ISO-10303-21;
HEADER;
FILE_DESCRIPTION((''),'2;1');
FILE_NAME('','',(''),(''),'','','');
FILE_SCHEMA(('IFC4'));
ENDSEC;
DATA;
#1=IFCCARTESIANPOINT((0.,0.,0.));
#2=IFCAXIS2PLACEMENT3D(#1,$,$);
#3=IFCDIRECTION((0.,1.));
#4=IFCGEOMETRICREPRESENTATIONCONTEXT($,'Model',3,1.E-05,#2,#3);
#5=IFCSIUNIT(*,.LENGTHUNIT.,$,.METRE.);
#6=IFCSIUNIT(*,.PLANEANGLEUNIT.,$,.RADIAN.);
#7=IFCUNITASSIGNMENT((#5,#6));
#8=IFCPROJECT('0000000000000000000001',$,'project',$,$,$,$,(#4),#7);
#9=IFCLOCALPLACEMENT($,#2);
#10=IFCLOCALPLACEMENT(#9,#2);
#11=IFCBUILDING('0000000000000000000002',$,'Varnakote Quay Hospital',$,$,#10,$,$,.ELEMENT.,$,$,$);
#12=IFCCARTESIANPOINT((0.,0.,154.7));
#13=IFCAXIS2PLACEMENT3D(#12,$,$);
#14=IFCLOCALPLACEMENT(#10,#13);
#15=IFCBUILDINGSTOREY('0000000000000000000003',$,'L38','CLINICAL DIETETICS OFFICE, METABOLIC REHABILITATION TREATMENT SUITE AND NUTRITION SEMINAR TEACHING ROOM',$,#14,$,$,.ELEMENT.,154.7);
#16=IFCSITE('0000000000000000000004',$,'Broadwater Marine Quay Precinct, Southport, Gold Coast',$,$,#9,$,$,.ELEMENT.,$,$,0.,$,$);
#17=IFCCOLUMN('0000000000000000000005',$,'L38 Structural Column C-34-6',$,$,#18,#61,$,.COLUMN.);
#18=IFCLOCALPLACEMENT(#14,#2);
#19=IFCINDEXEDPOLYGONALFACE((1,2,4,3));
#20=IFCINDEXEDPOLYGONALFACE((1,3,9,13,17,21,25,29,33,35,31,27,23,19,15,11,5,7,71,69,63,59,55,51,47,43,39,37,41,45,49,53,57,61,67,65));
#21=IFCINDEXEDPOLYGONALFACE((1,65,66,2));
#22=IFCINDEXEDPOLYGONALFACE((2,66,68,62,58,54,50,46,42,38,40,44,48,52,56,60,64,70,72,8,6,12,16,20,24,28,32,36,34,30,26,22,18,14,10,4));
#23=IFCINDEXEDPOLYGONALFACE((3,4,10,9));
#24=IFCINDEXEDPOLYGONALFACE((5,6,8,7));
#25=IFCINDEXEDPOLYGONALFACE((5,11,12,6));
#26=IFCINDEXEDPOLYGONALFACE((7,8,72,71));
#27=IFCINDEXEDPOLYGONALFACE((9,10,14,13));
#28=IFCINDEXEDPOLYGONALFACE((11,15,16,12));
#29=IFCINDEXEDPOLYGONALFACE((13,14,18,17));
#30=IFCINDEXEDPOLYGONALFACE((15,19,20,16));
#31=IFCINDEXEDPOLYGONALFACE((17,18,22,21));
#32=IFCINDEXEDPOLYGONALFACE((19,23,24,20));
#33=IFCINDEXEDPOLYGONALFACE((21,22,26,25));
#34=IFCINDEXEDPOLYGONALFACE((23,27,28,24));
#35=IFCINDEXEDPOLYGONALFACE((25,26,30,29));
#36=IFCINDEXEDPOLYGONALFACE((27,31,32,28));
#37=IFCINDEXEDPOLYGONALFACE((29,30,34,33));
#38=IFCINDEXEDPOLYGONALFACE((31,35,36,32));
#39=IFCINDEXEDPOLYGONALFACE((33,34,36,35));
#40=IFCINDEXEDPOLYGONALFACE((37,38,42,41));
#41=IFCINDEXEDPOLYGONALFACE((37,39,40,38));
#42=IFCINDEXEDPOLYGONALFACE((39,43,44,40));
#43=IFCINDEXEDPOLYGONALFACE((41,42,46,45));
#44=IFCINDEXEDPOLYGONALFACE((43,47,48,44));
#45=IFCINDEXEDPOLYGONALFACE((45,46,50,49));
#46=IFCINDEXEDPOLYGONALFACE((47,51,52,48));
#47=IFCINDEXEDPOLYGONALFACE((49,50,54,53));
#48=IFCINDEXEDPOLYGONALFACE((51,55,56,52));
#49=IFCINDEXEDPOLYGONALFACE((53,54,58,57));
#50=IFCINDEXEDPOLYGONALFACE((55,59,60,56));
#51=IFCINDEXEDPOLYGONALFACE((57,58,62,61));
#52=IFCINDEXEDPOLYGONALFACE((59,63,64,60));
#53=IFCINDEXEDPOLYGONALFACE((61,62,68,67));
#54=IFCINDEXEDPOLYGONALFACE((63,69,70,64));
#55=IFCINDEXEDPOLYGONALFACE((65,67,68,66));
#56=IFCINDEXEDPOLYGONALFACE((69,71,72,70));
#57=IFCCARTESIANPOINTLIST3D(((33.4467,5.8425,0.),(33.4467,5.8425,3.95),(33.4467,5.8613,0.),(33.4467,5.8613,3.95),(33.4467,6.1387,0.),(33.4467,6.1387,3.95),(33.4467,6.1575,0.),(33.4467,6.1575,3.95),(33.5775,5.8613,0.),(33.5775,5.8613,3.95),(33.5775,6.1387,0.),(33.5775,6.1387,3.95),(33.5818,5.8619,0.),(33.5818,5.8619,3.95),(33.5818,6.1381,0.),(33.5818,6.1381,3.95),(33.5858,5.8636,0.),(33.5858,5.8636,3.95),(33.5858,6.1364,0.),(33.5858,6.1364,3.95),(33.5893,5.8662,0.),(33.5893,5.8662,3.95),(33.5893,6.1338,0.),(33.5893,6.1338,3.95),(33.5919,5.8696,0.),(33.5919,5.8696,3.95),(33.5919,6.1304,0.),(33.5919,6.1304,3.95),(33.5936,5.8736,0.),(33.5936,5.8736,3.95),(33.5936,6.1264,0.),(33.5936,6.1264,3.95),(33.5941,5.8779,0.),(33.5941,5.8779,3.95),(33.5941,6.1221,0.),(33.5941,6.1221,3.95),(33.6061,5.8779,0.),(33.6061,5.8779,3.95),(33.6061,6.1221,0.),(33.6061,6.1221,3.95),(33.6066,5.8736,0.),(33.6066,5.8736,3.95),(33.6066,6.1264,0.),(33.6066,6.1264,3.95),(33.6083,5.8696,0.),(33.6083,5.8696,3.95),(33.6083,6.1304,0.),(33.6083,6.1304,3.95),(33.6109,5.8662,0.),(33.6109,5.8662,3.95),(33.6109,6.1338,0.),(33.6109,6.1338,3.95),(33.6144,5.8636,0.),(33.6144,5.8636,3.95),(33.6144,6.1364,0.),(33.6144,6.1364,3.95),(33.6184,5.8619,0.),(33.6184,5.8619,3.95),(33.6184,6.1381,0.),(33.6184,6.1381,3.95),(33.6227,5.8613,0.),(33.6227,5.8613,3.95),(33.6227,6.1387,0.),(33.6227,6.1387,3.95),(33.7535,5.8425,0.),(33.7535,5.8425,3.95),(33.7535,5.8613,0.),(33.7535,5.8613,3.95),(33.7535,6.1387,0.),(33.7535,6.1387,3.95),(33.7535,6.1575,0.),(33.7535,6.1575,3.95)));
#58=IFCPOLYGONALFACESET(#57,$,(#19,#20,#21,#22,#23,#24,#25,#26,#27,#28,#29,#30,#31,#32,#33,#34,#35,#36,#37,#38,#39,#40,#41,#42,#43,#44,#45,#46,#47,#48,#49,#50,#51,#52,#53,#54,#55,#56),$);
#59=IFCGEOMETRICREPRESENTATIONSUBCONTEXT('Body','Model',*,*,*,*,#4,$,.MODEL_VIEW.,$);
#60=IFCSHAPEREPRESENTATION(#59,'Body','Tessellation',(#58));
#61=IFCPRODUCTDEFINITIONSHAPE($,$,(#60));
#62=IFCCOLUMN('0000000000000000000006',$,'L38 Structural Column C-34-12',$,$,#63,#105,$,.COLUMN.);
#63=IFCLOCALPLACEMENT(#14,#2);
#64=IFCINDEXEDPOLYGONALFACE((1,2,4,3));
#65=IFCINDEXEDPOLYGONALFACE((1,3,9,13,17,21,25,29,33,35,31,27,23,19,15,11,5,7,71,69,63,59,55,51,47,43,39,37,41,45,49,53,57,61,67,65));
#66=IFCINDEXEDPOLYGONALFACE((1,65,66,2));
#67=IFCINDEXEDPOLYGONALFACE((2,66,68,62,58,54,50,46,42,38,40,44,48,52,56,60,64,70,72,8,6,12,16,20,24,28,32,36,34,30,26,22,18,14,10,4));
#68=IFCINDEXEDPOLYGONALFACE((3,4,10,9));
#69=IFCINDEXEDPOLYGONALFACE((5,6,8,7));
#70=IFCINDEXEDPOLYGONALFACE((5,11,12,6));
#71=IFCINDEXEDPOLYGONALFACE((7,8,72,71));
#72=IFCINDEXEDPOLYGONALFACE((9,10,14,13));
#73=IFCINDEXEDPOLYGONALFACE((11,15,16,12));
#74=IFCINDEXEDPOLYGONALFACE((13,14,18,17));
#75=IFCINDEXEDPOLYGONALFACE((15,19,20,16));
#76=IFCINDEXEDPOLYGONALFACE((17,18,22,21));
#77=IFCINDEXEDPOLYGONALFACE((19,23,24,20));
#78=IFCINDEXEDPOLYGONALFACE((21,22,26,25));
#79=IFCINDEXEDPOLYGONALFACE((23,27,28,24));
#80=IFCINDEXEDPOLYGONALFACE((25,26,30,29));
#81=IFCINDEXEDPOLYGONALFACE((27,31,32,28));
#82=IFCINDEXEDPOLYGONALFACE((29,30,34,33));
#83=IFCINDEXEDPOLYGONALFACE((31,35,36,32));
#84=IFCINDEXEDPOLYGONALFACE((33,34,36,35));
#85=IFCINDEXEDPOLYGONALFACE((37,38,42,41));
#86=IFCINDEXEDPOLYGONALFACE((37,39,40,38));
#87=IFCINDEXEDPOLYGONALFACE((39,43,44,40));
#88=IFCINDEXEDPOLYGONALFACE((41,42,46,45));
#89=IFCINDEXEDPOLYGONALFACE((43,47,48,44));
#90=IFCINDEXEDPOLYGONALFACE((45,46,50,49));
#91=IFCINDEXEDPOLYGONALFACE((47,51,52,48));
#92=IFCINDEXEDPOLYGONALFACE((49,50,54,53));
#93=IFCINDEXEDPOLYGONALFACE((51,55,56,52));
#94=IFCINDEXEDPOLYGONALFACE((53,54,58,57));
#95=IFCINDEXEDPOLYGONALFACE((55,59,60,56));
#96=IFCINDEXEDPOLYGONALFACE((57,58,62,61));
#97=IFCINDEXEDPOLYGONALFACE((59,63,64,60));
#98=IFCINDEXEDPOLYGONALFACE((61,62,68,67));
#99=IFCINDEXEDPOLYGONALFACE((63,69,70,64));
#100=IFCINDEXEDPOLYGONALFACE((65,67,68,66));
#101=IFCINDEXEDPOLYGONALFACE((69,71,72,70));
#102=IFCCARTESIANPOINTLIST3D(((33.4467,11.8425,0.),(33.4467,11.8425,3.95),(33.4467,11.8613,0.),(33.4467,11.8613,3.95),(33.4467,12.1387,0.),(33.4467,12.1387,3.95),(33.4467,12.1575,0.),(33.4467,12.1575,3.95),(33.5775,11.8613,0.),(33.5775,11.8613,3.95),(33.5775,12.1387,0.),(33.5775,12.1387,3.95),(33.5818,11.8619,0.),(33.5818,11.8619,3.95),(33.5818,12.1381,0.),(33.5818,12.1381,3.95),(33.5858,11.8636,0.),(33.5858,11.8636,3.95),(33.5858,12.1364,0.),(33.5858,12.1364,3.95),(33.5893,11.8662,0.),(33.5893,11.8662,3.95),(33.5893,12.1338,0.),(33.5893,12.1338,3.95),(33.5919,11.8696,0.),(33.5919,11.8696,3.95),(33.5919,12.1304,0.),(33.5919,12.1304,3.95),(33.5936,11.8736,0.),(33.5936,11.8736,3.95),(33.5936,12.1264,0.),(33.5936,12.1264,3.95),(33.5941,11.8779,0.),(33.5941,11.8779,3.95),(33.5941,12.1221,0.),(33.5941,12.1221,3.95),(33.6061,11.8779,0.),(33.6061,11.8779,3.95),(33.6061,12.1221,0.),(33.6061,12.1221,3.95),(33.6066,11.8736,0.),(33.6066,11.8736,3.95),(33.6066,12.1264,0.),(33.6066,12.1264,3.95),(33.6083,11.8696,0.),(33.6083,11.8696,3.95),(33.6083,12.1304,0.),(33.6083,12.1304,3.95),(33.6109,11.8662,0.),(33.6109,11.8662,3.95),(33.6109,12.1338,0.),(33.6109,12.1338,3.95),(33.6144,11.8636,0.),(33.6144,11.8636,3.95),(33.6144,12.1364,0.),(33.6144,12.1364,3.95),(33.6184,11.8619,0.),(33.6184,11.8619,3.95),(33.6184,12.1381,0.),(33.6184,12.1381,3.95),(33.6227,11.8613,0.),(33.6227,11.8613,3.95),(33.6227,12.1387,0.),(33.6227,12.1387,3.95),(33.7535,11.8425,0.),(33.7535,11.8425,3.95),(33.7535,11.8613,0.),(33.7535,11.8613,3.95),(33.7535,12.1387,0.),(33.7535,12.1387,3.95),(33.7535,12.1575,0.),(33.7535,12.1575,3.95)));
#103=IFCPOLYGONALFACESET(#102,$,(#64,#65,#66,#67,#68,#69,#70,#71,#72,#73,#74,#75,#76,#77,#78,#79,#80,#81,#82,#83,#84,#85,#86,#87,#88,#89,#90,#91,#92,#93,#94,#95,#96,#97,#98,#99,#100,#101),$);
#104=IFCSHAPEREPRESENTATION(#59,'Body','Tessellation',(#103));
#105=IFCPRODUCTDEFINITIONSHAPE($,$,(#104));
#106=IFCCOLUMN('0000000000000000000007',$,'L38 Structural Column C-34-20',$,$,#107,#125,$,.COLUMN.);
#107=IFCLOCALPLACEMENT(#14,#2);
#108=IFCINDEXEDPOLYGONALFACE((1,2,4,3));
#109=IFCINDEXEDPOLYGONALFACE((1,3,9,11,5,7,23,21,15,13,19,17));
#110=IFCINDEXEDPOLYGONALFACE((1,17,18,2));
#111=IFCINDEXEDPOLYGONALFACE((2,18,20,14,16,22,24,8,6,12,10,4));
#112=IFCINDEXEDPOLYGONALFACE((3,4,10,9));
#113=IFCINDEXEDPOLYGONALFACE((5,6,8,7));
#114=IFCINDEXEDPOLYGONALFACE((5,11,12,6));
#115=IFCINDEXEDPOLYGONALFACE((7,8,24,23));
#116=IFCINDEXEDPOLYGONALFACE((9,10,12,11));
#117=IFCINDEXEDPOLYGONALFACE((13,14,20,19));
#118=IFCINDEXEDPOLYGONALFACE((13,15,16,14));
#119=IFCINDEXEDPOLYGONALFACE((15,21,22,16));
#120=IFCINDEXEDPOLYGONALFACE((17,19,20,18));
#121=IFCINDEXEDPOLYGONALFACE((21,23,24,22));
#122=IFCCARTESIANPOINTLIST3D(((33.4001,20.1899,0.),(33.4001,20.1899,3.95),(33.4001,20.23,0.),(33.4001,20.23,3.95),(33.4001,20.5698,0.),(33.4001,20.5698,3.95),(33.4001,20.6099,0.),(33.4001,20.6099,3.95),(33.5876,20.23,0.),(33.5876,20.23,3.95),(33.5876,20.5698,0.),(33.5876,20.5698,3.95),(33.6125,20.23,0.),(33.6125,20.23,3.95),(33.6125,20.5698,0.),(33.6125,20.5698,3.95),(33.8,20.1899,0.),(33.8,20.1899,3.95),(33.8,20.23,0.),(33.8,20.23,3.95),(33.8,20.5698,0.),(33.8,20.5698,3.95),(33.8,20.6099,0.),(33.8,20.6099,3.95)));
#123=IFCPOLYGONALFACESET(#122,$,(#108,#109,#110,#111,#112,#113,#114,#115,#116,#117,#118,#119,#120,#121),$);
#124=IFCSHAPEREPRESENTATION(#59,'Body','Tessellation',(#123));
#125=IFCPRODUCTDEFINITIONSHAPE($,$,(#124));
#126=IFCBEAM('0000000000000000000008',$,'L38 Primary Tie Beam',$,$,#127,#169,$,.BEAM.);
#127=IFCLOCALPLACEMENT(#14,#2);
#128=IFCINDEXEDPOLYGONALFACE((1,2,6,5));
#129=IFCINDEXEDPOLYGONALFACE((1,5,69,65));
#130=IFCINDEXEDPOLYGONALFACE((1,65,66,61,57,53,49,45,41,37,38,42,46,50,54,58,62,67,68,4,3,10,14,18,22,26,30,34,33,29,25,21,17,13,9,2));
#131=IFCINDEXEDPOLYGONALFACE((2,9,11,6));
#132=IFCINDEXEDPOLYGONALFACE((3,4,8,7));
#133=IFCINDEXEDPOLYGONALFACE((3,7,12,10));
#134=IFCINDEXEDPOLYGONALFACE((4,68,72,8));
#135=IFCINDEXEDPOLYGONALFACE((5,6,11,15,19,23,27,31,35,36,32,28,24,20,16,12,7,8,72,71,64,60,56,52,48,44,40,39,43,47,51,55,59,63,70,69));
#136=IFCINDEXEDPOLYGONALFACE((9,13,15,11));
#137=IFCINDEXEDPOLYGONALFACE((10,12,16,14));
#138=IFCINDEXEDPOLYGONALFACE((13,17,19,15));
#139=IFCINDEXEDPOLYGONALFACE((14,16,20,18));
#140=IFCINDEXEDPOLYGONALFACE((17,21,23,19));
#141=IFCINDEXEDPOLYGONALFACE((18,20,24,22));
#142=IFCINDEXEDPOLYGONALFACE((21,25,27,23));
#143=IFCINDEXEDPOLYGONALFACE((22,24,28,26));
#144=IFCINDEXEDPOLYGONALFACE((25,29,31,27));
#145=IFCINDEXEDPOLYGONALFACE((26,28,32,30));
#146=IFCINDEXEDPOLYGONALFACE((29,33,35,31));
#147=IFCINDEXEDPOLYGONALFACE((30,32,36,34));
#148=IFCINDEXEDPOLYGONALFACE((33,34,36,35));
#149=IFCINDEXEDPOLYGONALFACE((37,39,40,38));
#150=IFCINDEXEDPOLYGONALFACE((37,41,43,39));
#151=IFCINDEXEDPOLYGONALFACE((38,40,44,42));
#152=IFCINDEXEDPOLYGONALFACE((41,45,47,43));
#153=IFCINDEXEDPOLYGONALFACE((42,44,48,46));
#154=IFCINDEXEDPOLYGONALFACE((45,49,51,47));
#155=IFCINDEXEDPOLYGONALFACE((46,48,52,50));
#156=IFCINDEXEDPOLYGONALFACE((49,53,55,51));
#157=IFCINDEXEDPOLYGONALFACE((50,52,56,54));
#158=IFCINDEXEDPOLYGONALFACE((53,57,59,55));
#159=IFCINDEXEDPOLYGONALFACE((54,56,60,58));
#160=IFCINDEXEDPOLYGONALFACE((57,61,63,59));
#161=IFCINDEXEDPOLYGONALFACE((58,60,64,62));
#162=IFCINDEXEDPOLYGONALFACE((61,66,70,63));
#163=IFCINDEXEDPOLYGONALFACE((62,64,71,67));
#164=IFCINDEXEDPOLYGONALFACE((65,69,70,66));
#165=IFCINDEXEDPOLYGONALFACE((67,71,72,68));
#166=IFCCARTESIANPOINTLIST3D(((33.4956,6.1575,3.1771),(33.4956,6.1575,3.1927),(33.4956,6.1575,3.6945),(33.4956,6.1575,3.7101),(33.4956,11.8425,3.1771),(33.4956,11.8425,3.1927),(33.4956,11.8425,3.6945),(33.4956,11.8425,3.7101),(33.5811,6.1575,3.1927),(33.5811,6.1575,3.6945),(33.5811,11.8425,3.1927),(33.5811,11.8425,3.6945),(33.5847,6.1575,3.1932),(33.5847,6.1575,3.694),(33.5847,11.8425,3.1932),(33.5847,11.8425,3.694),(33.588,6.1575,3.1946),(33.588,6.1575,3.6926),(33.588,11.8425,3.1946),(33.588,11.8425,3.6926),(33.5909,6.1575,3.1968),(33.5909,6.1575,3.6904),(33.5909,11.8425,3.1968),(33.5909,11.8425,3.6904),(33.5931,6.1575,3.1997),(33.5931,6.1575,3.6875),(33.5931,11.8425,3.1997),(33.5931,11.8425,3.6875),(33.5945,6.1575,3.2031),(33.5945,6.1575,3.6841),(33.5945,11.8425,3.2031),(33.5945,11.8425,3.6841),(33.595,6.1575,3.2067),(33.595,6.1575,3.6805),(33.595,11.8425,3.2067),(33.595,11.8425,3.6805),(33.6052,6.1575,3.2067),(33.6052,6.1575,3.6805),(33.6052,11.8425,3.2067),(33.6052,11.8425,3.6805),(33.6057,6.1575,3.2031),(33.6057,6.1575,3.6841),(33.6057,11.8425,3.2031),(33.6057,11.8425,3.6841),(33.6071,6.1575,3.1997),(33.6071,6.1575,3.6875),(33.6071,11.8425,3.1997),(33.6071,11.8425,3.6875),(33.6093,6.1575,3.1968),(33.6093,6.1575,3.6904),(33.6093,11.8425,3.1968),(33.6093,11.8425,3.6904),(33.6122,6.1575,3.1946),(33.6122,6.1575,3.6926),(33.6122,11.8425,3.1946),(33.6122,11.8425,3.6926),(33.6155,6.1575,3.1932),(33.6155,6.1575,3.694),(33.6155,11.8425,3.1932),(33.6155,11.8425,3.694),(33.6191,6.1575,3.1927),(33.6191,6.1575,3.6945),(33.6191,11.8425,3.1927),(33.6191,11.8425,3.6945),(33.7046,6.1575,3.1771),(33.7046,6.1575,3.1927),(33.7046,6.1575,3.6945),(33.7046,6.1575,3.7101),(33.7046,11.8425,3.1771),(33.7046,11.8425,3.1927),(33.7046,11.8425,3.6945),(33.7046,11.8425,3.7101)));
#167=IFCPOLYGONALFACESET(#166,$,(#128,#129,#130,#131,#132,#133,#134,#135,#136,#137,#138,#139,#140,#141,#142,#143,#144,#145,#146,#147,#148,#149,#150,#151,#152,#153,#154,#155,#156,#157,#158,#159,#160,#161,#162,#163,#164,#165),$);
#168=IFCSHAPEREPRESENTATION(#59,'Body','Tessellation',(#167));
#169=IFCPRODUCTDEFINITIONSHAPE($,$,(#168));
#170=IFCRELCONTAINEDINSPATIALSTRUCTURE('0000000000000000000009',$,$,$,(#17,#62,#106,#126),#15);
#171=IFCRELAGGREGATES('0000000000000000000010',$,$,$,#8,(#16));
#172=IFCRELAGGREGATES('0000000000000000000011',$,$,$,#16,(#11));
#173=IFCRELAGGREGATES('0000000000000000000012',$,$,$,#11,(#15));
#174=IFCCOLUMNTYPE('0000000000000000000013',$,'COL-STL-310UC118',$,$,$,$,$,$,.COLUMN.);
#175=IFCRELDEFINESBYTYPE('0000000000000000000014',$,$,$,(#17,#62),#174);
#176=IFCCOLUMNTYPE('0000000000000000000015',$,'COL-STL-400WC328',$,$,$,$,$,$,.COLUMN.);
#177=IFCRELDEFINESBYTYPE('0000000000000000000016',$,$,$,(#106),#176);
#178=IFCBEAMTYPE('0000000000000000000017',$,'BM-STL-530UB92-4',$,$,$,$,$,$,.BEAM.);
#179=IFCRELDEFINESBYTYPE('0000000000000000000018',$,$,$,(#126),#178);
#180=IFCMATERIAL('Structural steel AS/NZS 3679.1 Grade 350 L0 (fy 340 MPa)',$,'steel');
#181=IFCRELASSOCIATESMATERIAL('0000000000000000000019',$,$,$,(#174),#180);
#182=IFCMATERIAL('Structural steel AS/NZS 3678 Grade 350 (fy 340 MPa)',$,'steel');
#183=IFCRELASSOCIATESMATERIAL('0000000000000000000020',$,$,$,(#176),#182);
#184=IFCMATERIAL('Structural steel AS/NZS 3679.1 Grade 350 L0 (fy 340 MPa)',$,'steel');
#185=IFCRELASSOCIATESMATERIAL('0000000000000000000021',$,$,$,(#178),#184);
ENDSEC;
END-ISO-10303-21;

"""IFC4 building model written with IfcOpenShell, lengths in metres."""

from ifc_helpers import new_model, si_unit, direction, frame, origin, origin_2d, place, context, subcontext, project, spatial, i_section, extrude, material, material_profile, profile_set, type_object, element, save


model = new_model("IFC4")

# Units and contexts
model_context = context("Model", 3, precision=1e-05, world=origin(), true_north=direction((0.0, 1.0)))
body_context = subcontext(model_context, "Body", "Model", "MODEL_VIEW")
ifc_project = project(units=[si_unit("LENGTHUNIT", "METRE"), si_unit("PLANEANGLEUNIT", "RADIAN")], contexts=[model_context])

# Site, building, storey
site_placement = place(None, origin())
site = spatial("IfcSite", under=ifc_project, at=site_placement, Name="Broadwater Marine Quay Precinct, Southport, Gold Coast", CompositionType="ELEMENT", RefElevation=0.0)
building_placement = place(site_placement, origin())
building = spatial("IfcBuilding", under=site, at=building_placement, Name="Varnakote Quay Hospital", CompositionType="ELEMENT")
storey_placement = place(building_placement, frame((0.0, 0.0, 154.7)))
storey = spatial("IfcBuildingStorey", under=building, at=storey_placement, Name="L38", Description="CLINICAL DIETETICS OFFICE, METABOLIC REHABILITATION TREATMENT SUITE AND NUTRITION SEMINAR TEACHING ROOM", CompositionType="ELEMENT", Elevation=154.7)

# Columns
ifc_material_1 = material(Name="Structural steel AS/NZS 3679.1 Grade 350 L0 (fy 340 MPa)", Category="steel")
ifc_material_profile_1 = material_profile(ifc_material_1, i_section(OverallWidth=0.3069, OverallDepth=0.3149, WebThickness=0.012, FlangeThickness=0.0188, FilletRadius=0.0166, at=origin_2d()), Name="310UC118")
ifc_profile_set_1 = profile_set([ifc_material_profile_1], Name="Structural steel AS/NZS 3679.1 Grade 350 L0 (fy 340 MPa)")
column_type_1 = type_object("IfcColumnType", Name="COL-STL-310UC118", PredefinedType="COLUMN", material=ifc_profile_set_1)
for number, where, z_axis, x_axis, name in (
    (1, (33.6001, 6.0, 0.0), (0.0, 0.0, 1.0), (1.0, 0.0, 0.0), "L38 Structural Column C-34-6"),
    (2, (33.6001, 12.0, 0.0), (0.0, 0.0, 1.0), (1.0, 0.0, 0.0), "L38 Structural Column C-34-12"),
):
    element("IfcColumn", number, at=place(storey_placement, frame(where, z_axis=z_axis, x_axis=x_axis)), inside=storey, type_object=column_type_1, Name=name, PredefinedType="COLUMN", context=body_context, shape_type="SweptSolid", body=[
        extrude(i_section(OverallWidth=0.3069, OverallDepth=0.3149, WebThickness=0.012, FlangeThickness=0.0188, FilletRadius=0.0166, at=origin_2d()), origin(), (0.0, 0.0, 1.0), 3.95),
    ])
ifc_material_2 = material(Name="Structural steel AS/NZS 3678 Grade 350 (fy 340 MPa)", Category="steel")
ifc_material_profile_2 = material_profile(ifc_material_2, i_section(OverallWidth=0.3999, OverallDepth=0.4199, WebThickness=0.0249, FlangeThickness=0.04, at=origin_2d()), Name="400WC328")
ifc_profile_set_2 = profile_set([ifc_material_profile_2], Name="Structural steel AS/NZS 3678 Grade 350 (fy 340 MPa)")
column_type_2 = type_object("IfcColumnType", Name="COL-STL-400WC328", PredefinedType="COLUMN", material=ifc_profile_set_2)
column_placement = place(storey_placement, frame((33.6001, 20.3999, 0.0), z_axis=(0.0, 0.0, 1.0), x_axis=(1.0, 0.0, 0.0)))
element("IfcColumn", 3, at=column_placement, inside=storey, type_object=column_type_2, Name="L38 Structural Column C-34-20", PredefinedType="COLUMN", context=body_context, shape_type="SweptSolid", body=[
    extrude(i_section(OverallWidth=0.3999, OverallDepth=0.4199, WebThickness=0.0249, FlangeThickness=0.04, at=origin_2d()), origin(), (0.0, 0.0, 1.0), 3.95),
])

# Beam
ifc_material_3 = material(Name="Structural steel AS/NZS 3679.1 Grade 350 L0 (fy 340 MPa)", Category="steel")
ifc_material_profile_3 = material_profile(ifc_material_3, i_section(OverallWidth=0.209, OverallDepth=0.533, WebThickness=0.0103, FlangeThickness=0.0156, FilletRadius=0.0139, at=origin_2d()), Name="530UB92.4")
ifc_profile_set_3 = profile_set([ifc_material_profile_3], Name="Structural steel AS/NZS 3679.1 Grade 350 L0 (fy 340 MPa)")
beam_type_1 = type_object("IfcBeamType", Name="BM-STL-530UB92-4", PredefinedType="BEAM", material=ifc_profile_set_3)
beam_1_placement = place(storey_placement, frame((33.6001, 6.1575, 3.4436), z_axis=(0.0, 1.0, 0.0), x_axis=(-1.0, 0.0, 0.0)))
element("IfcBeam", 4, at=beam_1_placement, inside=storey, type_object=beam_type_1, Name="L38 Primary Tie Beam", PredefinedType="BEAM", context=body_context, shape_type="SweptSolid", body=[
    extrude(i_section(OverallWidth=0.209, OverallDepth=0.533, WebThickness=0.0103, FlangeThickness=0.0156, FilletRadius=0.0139, at=origin_2d()), origin(), (0.0, 0.0, 1.0), 5.6851),
])

save(model, "model.ifc")
